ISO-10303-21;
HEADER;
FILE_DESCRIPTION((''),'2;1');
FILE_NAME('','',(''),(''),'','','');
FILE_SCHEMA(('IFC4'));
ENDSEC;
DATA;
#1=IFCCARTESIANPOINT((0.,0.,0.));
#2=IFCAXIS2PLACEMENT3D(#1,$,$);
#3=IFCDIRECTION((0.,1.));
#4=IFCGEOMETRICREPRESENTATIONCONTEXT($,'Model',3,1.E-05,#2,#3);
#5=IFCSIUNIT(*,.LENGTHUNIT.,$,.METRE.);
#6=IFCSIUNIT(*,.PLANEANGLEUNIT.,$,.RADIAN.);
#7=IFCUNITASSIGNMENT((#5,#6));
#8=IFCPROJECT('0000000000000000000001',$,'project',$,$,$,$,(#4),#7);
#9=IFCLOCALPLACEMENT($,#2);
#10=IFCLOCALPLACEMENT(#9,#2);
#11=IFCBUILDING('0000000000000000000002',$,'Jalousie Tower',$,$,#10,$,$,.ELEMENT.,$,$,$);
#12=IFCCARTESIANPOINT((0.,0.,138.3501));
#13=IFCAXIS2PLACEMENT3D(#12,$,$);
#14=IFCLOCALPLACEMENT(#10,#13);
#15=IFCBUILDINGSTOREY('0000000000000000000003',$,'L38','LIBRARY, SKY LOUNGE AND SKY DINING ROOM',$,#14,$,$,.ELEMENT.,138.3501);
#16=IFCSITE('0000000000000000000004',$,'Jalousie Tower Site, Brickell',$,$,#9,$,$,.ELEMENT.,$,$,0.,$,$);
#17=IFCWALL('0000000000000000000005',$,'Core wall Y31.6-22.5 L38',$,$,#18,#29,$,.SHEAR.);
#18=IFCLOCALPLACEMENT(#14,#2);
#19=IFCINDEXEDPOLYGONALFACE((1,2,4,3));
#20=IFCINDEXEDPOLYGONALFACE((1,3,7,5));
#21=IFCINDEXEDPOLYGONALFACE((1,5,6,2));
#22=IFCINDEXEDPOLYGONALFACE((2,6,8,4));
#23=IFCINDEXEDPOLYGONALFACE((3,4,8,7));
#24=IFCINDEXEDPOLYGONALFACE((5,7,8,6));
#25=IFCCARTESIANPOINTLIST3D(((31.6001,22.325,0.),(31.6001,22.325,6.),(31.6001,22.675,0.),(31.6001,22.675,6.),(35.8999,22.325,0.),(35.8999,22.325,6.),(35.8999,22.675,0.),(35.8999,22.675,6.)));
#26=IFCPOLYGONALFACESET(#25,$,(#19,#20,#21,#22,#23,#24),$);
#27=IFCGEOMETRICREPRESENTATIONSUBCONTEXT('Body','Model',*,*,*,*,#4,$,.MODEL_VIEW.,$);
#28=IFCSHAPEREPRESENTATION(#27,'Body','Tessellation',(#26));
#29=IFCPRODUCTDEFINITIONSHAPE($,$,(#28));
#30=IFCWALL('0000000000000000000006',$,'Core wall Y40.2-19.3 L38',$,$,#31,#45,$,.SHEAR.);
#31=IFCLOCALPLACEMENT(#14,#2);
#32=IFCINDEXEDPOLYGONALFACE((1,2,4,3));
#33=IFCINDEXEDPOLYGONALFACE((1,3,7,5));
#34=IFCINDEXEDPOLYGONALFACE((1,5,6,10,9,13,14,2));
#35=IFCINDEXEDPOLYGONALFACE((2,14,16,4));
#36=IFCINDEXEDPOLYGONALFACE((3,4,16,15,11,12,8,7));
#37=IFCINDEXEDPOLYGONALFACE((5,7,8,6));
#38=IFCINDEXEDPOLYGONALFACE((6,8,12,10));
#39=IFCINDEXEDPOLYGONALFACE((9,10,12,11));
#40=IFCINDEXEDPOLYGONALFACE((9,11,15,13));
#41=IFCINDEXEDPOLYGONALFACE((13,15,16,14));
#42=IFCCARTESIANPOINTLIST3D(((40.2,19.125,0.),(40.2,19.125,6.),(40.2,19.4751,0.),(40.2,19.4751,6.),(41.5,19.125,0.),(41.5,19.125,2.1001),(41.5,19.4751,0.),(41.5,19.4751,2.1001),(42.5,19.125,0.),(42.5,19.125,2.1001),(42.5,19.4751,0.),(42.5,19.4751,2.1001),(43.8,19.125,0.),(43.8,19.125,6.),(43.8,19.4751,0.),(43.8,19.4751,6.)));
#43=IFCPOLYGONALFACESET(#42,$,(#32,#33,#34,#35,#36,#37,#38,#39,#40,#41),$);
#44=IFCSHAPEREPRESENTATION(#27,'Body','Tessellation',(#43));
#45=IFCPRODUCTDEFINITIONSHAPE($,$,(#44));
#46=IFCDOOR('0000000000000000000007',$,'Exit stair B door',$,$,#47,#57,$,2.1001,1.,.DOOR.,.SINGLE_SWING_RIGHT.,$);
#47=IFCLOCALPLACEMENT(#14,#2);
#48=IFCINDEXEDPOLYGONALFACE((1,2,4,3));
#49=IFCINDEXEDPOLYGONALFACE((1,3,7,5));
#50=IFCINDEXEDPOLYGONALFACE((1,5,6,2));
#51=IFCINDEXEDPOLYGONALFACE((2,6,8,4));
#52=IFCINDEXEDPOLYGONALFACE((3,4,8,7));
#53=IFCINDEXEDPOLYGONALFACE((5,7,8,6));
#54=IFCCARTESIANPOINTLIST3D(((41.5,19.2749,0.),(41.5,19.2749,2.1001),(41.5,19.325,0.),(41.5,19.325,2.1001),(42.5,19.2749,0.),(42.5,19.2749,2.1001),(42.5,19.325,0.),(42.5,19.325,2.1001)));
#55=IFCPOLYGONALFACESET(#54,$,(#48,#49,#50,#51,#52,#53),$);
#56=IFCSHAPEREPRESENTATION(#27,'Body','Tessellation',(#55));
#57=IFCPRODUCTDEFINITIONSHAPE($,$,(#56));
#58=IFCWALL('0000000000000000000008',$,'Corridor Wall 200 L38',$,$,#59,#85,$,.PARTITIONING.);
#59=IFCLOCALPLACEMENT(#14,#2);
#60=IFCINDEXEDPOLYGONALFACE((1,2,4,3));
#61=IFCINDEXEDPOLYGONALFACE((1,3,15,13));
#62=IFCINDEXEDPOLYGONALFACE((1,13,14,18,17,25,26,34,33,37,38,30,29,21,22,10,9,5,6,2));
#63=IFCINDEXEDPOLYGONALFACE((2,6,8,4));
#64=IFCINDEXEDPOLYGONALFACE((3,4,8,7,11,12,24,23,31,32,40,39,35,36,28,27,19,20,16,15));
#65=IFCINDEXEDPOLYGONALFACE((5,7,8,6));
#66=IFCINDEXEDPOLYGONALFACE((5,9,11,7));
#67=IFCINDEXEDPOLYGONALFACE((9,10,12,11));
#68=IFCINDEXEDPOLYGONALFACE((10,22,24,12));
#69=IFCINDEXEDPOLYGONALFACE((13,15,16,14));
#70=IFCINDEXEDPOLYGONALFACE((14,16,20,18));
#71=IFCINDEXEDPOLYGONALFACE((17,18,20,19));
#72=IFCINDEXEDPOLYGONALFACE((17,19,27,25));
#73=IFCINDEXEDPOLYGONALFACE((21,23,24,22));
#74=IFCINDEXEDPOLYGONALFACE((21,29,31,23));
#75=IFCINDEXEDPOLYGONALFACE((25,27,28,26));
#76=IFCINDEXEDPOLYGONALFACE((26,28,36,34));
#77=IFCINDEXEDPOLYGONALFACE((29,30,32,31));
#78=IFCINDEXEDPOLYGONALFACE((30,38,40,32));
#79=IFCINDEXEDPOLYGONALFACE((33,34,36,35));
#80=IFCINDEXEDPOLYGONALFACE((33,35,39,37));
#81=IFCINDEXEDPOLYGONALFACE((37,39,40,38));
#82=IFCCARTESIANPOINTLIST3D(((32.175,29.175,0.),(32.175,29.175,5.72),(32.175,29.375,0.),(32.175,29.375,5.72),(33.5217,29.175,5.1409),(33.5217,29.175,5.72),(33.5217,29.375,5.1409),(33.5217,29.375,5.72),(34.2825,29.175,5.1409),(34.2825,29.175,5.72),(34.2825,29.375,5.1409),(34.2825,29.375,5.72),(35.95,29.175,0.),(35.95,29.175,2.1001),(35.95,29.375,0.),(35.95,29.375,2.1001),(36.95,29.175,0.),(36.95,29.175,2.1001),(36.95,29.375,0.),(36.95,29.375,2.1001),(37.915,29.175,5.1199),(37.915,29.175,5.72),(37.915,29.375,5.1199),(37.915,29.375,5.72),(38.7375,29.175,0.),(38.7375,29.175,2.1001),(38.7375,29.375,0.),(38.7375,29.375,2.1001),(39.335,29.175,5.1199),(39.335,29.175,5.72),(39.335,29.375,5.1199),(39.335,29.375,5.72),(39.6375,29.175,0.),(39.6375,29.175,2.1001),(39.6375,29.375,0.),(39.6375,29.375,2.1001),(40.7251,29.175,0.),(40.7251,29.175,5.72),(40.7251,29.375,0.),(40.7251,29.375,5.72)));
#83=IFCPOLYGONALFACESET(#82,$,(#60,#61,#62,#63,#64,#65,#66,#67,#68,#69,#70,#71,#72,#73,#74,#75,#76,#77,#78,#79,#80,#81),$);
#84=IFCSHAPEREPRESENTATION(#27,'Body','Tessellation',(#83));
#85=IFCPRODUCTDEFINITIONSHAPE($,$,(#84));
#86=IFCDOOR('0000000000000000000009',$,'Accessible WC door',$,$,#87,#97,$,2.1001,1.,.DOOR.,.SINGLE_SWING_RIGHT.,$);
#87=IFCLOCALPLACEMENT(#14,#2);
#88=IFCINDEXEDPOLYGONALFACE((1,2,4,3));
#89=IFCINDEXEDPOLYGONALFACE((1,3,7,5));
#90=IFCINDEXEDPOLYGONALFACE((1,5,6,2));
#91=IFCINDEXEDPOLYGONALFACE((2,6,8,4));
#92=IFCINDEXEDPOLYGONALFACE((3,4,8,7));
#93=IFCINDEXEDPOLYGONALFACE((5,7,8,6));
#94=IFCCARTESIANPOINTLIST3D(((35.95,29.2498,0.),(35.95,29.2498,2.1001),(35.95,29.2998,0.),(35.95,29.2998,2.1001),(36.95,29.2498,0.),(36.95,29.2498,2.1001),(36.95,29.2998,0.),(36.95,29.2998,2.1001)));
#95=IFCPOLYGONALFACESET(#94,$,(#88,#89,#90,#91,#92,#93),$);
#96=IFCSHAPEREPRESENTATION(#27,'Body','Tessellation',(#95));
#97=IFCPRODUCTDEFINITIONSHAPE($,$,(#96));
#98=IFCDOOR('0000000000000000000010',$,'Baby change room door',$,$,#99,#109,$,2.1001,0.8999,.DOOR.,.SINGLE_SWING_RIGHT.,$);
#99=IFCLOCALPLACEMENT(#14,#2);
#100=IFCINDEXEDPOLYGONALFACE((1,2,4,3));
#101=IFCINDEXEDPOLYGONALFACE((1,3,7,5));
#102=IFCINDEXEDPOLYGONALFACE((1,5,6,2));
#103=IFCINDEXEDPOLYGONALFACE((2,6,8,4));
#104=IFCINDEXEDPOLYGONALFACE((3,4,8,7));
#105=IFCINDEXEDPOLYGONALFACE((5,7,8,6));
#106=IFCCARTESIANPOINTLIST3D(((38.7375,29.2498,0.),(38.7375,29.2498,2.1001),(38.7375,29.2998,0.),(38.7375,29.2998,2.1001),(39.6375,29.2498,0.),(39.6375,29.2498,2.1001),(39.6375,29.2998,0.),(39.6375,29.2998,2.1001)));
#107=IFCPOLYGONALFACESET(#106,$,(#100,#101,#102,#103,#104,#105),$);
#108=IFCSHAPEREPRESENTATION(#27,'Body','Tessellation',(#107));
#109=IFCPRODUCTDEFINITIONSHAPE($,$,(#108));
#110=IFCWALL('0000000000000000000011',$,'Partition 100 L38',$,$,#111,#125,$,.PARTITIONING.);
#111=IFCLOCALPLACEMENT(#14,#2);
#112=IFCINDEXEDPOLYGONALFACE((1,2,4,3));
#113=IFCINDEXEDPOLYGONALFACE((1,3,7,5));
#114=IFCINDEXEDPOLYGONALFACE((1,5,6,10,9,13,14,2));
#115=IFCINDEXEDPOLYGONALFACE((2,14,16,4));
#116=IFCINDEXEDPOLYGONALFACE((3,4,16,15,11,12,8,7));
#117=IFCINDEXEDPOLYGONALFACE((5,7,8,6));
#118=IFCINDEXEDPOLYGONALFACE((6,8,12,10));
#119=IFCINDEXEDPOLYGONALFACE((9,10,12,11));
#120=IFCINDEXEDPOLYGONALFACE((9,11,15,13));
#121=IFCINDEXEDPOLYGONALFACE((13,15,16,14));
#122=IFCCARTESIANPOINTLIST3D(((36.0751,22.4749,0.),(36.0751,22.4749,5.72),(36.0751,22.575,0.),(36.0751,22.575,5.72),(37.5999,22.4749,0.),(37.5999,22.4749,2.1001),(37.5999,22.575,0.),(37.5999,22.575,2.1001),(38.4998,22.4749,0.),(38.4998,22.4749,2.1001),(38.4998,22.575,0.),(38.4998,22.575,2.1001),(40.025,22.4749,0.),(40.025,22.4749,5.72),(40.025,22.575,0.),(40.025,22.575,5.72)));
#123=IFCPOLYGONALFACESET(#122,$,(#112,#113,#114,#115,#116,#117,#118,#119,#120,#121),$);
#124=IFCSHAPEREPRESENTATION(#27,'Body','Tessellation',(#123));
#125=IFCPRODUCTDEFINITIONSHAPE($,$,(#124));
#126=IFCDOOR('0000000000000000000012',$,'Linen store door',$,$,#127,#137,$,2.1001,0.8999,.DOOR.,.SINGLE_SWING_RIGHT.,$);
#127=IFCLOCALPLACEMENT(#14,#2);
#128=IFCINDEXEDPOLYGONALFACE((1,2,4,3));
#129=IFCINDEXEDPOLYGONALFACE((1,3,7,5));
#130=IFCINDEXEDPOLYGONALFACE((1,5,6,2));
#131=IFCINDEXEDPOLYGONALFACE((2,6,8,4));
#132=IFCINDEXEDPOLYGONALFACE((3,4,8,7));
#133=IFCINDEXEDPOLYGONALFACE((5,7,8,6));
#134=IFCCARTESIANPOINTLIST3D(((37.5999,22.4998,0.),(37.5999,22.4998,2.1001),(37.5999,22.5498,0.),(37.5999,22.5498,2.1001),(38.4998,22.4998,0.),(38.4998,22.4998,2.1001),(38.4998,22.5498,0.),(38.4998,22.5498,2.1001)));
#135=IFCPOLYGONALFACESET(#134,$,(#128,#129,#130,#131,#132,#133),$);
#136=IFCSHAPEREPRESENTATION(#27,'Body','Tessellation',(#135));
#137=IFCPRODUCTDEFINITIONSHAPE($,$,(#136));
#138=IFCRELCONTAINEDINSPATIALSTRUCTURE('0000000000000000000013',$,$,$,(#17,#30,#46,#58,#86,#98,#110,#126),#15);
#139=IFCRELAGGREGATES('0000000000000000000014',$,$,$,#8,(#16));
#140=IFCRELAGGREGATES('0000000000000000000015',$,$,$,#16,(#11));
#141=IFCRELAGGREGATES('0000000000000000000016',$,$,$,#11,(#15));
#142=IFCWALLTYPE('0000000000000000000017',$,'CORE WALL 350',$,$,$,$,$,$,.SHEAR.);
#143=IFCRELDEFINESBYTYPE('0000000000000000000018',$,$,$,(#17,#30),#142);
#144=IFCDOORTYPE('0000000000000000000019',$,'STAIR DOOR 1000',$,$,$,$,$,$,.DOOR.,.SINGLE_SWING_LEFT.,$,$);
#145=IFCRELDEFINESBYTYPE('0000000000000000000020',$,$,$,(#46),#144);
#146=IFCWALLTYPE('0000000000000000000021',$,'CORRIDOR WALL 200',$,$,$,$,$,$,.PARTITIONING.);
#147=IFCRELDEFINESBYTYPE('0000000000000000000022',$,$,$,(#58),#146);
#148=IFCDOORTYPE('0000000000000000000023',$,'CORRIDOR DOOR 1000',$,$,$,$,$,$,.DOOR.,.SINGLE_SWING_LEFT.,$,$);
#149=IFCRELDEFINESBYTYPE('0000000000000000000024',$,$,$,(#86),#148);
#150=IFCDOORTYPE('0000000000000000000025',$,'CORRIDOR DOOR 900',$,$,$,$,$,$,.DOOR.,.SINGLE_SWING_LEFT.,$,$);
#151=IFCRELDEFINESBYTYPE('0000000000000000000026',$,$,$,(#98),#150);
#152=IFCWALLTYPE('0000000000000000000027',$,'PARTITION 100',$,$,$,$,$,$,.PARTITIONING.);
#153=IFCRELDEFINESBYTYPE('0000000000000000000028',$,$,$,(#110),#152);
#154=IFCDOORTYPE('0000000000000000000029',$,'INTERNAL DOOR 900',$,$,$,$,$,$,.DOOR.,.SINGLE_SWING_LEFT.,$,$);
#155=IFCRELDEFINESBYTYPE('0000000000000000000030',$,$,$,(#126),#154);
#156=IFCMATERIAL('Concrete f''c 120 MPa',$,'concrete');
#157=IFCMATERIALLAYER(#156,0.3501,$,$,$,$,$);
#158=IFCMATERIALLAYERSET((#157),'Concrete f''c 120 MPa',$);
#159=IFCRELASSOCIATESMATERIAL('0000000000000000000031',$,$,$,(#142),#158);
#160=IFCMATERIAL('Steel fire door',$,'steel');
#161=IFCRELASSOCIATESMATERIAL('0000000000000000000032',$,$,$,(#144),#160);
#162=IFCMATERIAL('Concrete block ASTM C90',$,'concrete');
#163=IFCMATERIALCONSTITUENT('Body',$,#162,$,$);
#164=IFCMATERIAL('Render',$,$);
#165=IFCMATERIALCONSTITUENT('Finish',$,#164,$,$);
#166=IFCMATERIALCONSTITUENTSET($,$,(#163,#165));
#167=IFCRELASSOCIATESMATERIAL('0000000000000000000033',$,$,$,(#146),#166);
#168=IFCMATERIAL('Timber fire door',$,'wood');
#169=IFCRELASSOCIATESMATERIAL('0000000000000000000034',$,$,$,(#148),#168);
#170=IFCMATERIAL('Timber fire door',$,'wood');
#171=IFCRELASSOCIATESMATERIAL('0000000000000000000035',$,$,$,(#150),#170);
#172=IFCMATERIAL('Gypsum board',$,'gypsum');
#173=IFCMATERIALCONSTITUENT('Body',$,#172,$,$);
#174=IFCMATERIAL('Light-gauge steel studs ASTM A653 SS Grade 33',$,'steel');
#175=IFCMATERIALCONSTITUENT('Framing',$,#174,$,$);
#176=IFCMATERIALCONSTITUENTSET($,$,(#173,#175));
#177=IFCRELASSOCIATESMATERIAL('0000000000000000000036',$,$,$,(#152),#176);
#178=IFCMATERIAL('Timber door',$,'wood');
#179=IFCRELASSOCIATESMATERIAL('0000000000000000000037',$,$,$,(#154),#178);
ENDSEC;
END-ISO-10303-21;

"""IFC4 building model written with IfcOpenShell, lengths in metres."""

from ifc_helpers import new_model, si_unit, direction, frame, frame_2d, origin, place, context, subcontext, project, spatial, polyline, rectangle, outline, extrude, material, layer, layer_set, constituent, constituent_set, type_object, element, fill, save


model = new_model("IFC4")

# Units and contexts
model_context = context("Model", 3, precision=1e-05, world=origin(), true_north=direction((0.0, 1.0)))
body_context = subcontext(model_context, "Body", "Model", "MODEL_VIEW")
ifc_project = project(units=[si_unit("LENGTHUNIT", "METRE"), si_unit("PLANEANGLEUNIT", "RADIAN")], contexts=[model_context])

# Site, building, storey
site_placement = place(None, origin())
site = spatial("IfcSite", under=ifc_project, at=site_placement, Name="Jalousie Tower Site, Brickell", CompositionType="ELEMENT", RefElevation=0.0)
building_placement = place(site_placement, origin())
building = spatial("IfcBuilding", under=site, at=building_placement, Name="Jalousie Tower", CompositionType="ELEMENT")
storey_placement = place(building_placement, frame((0.0, 0.0, 138.3501)))
storey = spatial("IfcBuildingStorey", under=building, at=storey_placement, Name="L38", Description="LIBRARY, SKY LOUNGE AND SKY DINING ROOM", CompositionType="ELEMENT", Elevation=138.3501)

# Shared definitions
ifc_material_1 = material(Name="Concrete f'c 120 MPa", Category="concrete")
ifc_layer_1 = layer(ifc_material_1, 0.3501)
ifc_layer_set_1 = layer_set([ifc_layer_1], Name="Concrete f'c 120 MPa")
wall_type_1 = type_object("IfcWallType", Name="CORE WALL 350", PredefinedType="SHEAR", material=ifc_layer_set_1)

# Wall
wall_1_placement = place(storey_placement, frame((31.6001, 22.5, 0.0), z_axis=(0.0, 0.0, 1.0), x_axis=(1.0, 0.0, 0.0)))
element("IfcWall", 1, at=wall_1_placement, inside=storey, type_object=wall_type_1, Name="Core wall Y31.6-22.5 L38", PredefinedType="SHEAR", context=body_context, shape_type="SweptSolid", body=[
    extrude(rectangle(XDim=4.2998, YDim=0.3501, at=frame_2d((2.1499, 0.0))), origin(), (0.0, 0.0, 1.0), 6.0),
])

# Wall, opening, door
wall_2_placement = place(storey_placement, frame((40.2, 19.3, 0.0), z_axis=(0.0, 0.0, 1.0), x_axis=(1.0, 0.0, 0.0)))
wall_2 = element("IfcWall", 2, at=wall_2_placement, inside=storey, type_object=wall_type_1, Name="Core wall Y40.2-19.3 L38", PredefinedType="SHEAR", context=body_context, shape_type="SweptSolid", body=[
    extrude(rectangle(XDim=3.6001, YDim=0.3501, at=frame_2d((1.8, 0.0))), origin(), (0.0, 0.0, 1.0), 6.0),
])
opening_1_placement = place(wall_2_placement, frame((1.3, 0.0, 0.0)))
opening_1 = element("IfcOpeningElement", 3, at=opening_1_placement, cuts=wall_2, PredefinedType="OPENING", context=body_context, shape_type="SweptSolid", body=[
    extrude(rectangle(XDim=1.0, YDim=2.1001, at=frame_2d((0.5, 1.05))), frame((0.0, 0.1851, 0.0), z_axis=(0.0, -1.0, 0.0), x_axis=(1.0, 0.0, 0.0)), (0.0, 0.0, 1.0), 0.3701),
])
ifc_material_2 = material(Name="Steel fire door", Category="steel")
door_type_1 = type_object("IfcDoorType", Name="STAIR DOOR 1000", OperationType="SINGLE_SWING_LEFT", PredefinedType="DOOR", material=ifc_material_2)
door_1_placement = place(opening_1_placement, origin())
door_1 = element("IfcDoor", 4, at=door_1_placement, inside=storey, type_object=door_type_1, Name="Exit stair B door", OperationType="SINGLE_SWING_RIGHT", OverallHeight=2.1001, OverallWidth=1.0, PredefinedType="DOOR", context=body_context, shape_type="SweptSolid", body=[
    extrude(rectangle(XDim=1.0, YDim=2.1001, at=frame_2d((0.5, 1.05))), frame((0.0, 0.0249, 0.0), z_axis=(0.0, -1.0, 0.0), x_axis=(1.0, 0.0, 0.0)), (0.0, 0.0, 1.0), 0.05),
])
fill(opening_1, door_1)

# Wall, openings, doors
ifc_material_3 = material(Name="Concrete block ASTM C90", Category="concrete")
ifc_constituent_1 = constituent(ifc_material_3, Name="Body")
ifc_material_4 = material(Name="Render")
ifc_constituent_2 = constituent(ifc_material_4, Name="Finish")
ifc_constituent_set_1 = constituent_set(constituents=[ifc_constituent_1, ifc_constituent_2])
wall_type_2 = type_object("IfcWallType", Name="CORRIDOR WALL 200", PredefinedType="PARTITIONING", material=ifc_constituent_set_1)
wall_3_placement = place(storey_placement, frame((32.175, 29.2749, 0.0), z_axis=(0.0, 0.0, 1.0), x_axis=(1.0, 0.0, 0.0)))
wall_3 = element("IfcWall", 5, at=wall_3_placement, inside=storey, type_object=wall_type_2, Name="Corridor Wall 200 L38", PredefinedType="PARTITIONING", context=body_context, shape_type="SweptSolid", body=[
    extrude(outline(polyline([(0.0, 0.0), (8.55, 0.0), (8.55, 5.72), (7.1599, 5.72), (7.1599, 5.1199), (5.74, 5.1199), (5.74, 5.72), (2.1074, 5.72), (2.1074, 5.1409), (1.3467, 5.1409), (1.3467, 5.72), (0.0, 5.72), (0.0, 0.0)])), frame((0.0, 0.1001, 0.0), z_axis=(0.0, -1.0, 0.0), x_axis=(1.0, 0.0, 0.0)), (0.0, 0.0, 1.0), 0.2),
])
opening_2_placement = place(wall_3_placement, frame((3.7749, 0.0, 0.0)))
opening_2 = element("IfcOpeningElement", 6, at=opening_2_placement, cuts=wall_3, PredefinedType="OPENING", context=body_context, shape_type="SweptSolid", body=[
    extrude(rectangle(XDim=1.0, YDim=2.1001, at=frame_2d((0.5, 1.05))), frame((0.0, 0.1099, 0.0), z_axis=(0.0, -1.0, 0.0), x_axis=(1.0, 0.0, 0.0)), (0.0, 0.0, 1.0), 0.22),
])
opening_3_placement = place(wall_3_placement, frame((6.5625, 0.0, 0.0)))
opening_3 = element("IfcOpeningElement", 7, at=opening_3_placement, cuts=wall_3, PredefinedType="OPENING", context=body_context, shape_type="SweptSolid", body=[
    extrude(rectangle(XDim=0.8999, YDim=2.1001, at=frame_2d((0.45, 1.05))), frame((0.0, 0.1099, 0.0), z_axis=(0.0, -1.0, 0.0), x_axis=(1.0, 0.0, 0.0)), (0.0, 0.0, 1.0), 0.22),
])
ifc_material_5 = material(Name="Timber fire door", Category="wood")
door_type_2 = type_object("IfcDoorType", Name="CORRIDOR DOOR 1000", OperationType="SINGLE_SWING_LEFT", PredefinedType="DOOR", material=ifc_material_5)
door_2_placement = place(opening_2_placement, origin())
door_2 = element("IfcDoor", 8, at=door_2_placement, inside=storey, type_object=door_type_2, Name="Accessible WC door", OperationType="SINGLE_SWING_RIGHT", OverallHeight=2.1001, OverallWidth=1.0, PredefinedType="DOOR", context=body_context, shape_type="SweptSolid", body=[
    extrude(rectangle(XDim=1.0, YDim=2.1001, at=frame_2d((0.5, 1.05))), frame((0.0, 0.0249, 0.0), z_axis=(0.0, -1.0, 0.0), x_axis=(1.0, 0.0, 0.0)), (0.0, 0.0, 1.0), 0.05),
])
fill(opening_2, door_2)
ifc_material_6 = material(Name="Timber fire door", Category="wood")
door_type_3 = type_object("IfcDoorType", Name="CORRIDOR DOOR 900", OperationType="SINGLE_SWING_LEFT", PredefinedType="DOOR", material=ifc_material_6)
door_3_placement = place(opening_3_placement, origin())
door_3 = element("IfcDoor", 9, at=door_3_placement, inside=storey, type_object=door_type_3, Name="Baby change room door", OperationType="SINGLE_SWING_RIGHT", OverallHeight=2.1001, OverallWidth=0.8999, PredefinedType="DOOR", context=body_context, shape_type="SweptSolid", body=[
    extrude(rectangle(XDim=0.8999, YDim=2.1001, at=frame_2d((0.45, 1.05))), frame((0.0, 0.0249, 0.0), z_axis=(0.0, -1.0, 0.0), x_axis=(1.0, 0.0, 0.0)), (0.0, 0.0, 1.0), 0.05),
])
fill(opening_3, door_3)

# Wall, opening, door
ifc_material_7 = material(Name="Gypsum board", Category="gypsum")
ifc_constituent_3 = constituent(ifc_material_7, Name="Body")
ifc_material_8 = material(Name="Light-gauge steel studs ASTM A653 SS Grade 33", Category="steel")
ifc_constituent_4 = constituent(ifc_material_8, Name="Framing")
ifc_constituent_set_2 = constituent_set(constituents=[ifc_constituent_3, ifc_constituent_4])
wall_type_3 = type_object("IfcWallType", Name="PARTITION 100", PredefinedType="PARTITIONING", material=ifc_constituent_set_2)
wall_4_placement = place(storey_placement, frame((36.075, 22.5249, 0.0), z_axis=(0.0, 0.0, 1.0), x_axis=(1.0, 0.0, 0.0)))
wall_4 = element("IfcWall", 10, at=wall_4_placement, inside=storey, type_object=wall_type_3, Name="Partition 100 L38", PredefinedType="PARTITIONING", context=body_context, shape_type="SweptSolid", body=[
    extrude(rectangle(XDim=3.95, YDim=0.1001, at=frame_2d((1.9751, 0.0))), origin(), (0.0, 0.0, 1.0), 5.72),
])
opening_4_placement = place(wall_4_placement, frame((1.5249, 0.0, 0.0)))
opening_4 = element("IfcOpeningElement", 11, at=opening_4_placement, cuts=wall_4, PredefinedType="OPENING", context=body_context, shape_type="SweptSolid", body=[
    extrude(rectangle(XDim=0.8999, YDim=2.1001, at=frame_2d((0.45, 1.05))), frame((0.0, 0.0601, 0.0), z_axis=(0.0, -1.0, 0.0), x_axis=(1.0, 0.0, 0.0)), (0.0, 0.0, 1.0), 0.1201),
])
ifc_material_9 = material(Name="Timber door", Category="wood")
door_type_4 = type_object("IfcDoorType", Name="INTERNAL DOOR 900", OperationType="SINGLE_SWING_LEFT", PredefinedType="DOOR", material=ifc_material_9)
door_4_placement = place(opening_4_placement, origin())
door_4 = element("IfcDoor", 12, at=door_4_placement, inside=storey, type_object=door_type_4, Name="Linen store door", OperationType="SINGLE_SWING_RIGHT", OverallHeight=2.1001, OverallWidth=0.8999, PredefinedType="DOOR", context=body_context, shape_type="SweptSolid", body=[
    extrude(rectangle(XDim=0.8999, YDim=2.1001, at=frame_2d((0.45, 1.05))), frame((0.0, 0.0249, 0.0), z_axis=(0.0, -1.0, 0.0), x_axis=(1.0, 0.0, 0.0)), (0.0, 0.0, 1.0), 0.05),
])
fill(opening_4, door_4)

save(model, "model.ifc")
